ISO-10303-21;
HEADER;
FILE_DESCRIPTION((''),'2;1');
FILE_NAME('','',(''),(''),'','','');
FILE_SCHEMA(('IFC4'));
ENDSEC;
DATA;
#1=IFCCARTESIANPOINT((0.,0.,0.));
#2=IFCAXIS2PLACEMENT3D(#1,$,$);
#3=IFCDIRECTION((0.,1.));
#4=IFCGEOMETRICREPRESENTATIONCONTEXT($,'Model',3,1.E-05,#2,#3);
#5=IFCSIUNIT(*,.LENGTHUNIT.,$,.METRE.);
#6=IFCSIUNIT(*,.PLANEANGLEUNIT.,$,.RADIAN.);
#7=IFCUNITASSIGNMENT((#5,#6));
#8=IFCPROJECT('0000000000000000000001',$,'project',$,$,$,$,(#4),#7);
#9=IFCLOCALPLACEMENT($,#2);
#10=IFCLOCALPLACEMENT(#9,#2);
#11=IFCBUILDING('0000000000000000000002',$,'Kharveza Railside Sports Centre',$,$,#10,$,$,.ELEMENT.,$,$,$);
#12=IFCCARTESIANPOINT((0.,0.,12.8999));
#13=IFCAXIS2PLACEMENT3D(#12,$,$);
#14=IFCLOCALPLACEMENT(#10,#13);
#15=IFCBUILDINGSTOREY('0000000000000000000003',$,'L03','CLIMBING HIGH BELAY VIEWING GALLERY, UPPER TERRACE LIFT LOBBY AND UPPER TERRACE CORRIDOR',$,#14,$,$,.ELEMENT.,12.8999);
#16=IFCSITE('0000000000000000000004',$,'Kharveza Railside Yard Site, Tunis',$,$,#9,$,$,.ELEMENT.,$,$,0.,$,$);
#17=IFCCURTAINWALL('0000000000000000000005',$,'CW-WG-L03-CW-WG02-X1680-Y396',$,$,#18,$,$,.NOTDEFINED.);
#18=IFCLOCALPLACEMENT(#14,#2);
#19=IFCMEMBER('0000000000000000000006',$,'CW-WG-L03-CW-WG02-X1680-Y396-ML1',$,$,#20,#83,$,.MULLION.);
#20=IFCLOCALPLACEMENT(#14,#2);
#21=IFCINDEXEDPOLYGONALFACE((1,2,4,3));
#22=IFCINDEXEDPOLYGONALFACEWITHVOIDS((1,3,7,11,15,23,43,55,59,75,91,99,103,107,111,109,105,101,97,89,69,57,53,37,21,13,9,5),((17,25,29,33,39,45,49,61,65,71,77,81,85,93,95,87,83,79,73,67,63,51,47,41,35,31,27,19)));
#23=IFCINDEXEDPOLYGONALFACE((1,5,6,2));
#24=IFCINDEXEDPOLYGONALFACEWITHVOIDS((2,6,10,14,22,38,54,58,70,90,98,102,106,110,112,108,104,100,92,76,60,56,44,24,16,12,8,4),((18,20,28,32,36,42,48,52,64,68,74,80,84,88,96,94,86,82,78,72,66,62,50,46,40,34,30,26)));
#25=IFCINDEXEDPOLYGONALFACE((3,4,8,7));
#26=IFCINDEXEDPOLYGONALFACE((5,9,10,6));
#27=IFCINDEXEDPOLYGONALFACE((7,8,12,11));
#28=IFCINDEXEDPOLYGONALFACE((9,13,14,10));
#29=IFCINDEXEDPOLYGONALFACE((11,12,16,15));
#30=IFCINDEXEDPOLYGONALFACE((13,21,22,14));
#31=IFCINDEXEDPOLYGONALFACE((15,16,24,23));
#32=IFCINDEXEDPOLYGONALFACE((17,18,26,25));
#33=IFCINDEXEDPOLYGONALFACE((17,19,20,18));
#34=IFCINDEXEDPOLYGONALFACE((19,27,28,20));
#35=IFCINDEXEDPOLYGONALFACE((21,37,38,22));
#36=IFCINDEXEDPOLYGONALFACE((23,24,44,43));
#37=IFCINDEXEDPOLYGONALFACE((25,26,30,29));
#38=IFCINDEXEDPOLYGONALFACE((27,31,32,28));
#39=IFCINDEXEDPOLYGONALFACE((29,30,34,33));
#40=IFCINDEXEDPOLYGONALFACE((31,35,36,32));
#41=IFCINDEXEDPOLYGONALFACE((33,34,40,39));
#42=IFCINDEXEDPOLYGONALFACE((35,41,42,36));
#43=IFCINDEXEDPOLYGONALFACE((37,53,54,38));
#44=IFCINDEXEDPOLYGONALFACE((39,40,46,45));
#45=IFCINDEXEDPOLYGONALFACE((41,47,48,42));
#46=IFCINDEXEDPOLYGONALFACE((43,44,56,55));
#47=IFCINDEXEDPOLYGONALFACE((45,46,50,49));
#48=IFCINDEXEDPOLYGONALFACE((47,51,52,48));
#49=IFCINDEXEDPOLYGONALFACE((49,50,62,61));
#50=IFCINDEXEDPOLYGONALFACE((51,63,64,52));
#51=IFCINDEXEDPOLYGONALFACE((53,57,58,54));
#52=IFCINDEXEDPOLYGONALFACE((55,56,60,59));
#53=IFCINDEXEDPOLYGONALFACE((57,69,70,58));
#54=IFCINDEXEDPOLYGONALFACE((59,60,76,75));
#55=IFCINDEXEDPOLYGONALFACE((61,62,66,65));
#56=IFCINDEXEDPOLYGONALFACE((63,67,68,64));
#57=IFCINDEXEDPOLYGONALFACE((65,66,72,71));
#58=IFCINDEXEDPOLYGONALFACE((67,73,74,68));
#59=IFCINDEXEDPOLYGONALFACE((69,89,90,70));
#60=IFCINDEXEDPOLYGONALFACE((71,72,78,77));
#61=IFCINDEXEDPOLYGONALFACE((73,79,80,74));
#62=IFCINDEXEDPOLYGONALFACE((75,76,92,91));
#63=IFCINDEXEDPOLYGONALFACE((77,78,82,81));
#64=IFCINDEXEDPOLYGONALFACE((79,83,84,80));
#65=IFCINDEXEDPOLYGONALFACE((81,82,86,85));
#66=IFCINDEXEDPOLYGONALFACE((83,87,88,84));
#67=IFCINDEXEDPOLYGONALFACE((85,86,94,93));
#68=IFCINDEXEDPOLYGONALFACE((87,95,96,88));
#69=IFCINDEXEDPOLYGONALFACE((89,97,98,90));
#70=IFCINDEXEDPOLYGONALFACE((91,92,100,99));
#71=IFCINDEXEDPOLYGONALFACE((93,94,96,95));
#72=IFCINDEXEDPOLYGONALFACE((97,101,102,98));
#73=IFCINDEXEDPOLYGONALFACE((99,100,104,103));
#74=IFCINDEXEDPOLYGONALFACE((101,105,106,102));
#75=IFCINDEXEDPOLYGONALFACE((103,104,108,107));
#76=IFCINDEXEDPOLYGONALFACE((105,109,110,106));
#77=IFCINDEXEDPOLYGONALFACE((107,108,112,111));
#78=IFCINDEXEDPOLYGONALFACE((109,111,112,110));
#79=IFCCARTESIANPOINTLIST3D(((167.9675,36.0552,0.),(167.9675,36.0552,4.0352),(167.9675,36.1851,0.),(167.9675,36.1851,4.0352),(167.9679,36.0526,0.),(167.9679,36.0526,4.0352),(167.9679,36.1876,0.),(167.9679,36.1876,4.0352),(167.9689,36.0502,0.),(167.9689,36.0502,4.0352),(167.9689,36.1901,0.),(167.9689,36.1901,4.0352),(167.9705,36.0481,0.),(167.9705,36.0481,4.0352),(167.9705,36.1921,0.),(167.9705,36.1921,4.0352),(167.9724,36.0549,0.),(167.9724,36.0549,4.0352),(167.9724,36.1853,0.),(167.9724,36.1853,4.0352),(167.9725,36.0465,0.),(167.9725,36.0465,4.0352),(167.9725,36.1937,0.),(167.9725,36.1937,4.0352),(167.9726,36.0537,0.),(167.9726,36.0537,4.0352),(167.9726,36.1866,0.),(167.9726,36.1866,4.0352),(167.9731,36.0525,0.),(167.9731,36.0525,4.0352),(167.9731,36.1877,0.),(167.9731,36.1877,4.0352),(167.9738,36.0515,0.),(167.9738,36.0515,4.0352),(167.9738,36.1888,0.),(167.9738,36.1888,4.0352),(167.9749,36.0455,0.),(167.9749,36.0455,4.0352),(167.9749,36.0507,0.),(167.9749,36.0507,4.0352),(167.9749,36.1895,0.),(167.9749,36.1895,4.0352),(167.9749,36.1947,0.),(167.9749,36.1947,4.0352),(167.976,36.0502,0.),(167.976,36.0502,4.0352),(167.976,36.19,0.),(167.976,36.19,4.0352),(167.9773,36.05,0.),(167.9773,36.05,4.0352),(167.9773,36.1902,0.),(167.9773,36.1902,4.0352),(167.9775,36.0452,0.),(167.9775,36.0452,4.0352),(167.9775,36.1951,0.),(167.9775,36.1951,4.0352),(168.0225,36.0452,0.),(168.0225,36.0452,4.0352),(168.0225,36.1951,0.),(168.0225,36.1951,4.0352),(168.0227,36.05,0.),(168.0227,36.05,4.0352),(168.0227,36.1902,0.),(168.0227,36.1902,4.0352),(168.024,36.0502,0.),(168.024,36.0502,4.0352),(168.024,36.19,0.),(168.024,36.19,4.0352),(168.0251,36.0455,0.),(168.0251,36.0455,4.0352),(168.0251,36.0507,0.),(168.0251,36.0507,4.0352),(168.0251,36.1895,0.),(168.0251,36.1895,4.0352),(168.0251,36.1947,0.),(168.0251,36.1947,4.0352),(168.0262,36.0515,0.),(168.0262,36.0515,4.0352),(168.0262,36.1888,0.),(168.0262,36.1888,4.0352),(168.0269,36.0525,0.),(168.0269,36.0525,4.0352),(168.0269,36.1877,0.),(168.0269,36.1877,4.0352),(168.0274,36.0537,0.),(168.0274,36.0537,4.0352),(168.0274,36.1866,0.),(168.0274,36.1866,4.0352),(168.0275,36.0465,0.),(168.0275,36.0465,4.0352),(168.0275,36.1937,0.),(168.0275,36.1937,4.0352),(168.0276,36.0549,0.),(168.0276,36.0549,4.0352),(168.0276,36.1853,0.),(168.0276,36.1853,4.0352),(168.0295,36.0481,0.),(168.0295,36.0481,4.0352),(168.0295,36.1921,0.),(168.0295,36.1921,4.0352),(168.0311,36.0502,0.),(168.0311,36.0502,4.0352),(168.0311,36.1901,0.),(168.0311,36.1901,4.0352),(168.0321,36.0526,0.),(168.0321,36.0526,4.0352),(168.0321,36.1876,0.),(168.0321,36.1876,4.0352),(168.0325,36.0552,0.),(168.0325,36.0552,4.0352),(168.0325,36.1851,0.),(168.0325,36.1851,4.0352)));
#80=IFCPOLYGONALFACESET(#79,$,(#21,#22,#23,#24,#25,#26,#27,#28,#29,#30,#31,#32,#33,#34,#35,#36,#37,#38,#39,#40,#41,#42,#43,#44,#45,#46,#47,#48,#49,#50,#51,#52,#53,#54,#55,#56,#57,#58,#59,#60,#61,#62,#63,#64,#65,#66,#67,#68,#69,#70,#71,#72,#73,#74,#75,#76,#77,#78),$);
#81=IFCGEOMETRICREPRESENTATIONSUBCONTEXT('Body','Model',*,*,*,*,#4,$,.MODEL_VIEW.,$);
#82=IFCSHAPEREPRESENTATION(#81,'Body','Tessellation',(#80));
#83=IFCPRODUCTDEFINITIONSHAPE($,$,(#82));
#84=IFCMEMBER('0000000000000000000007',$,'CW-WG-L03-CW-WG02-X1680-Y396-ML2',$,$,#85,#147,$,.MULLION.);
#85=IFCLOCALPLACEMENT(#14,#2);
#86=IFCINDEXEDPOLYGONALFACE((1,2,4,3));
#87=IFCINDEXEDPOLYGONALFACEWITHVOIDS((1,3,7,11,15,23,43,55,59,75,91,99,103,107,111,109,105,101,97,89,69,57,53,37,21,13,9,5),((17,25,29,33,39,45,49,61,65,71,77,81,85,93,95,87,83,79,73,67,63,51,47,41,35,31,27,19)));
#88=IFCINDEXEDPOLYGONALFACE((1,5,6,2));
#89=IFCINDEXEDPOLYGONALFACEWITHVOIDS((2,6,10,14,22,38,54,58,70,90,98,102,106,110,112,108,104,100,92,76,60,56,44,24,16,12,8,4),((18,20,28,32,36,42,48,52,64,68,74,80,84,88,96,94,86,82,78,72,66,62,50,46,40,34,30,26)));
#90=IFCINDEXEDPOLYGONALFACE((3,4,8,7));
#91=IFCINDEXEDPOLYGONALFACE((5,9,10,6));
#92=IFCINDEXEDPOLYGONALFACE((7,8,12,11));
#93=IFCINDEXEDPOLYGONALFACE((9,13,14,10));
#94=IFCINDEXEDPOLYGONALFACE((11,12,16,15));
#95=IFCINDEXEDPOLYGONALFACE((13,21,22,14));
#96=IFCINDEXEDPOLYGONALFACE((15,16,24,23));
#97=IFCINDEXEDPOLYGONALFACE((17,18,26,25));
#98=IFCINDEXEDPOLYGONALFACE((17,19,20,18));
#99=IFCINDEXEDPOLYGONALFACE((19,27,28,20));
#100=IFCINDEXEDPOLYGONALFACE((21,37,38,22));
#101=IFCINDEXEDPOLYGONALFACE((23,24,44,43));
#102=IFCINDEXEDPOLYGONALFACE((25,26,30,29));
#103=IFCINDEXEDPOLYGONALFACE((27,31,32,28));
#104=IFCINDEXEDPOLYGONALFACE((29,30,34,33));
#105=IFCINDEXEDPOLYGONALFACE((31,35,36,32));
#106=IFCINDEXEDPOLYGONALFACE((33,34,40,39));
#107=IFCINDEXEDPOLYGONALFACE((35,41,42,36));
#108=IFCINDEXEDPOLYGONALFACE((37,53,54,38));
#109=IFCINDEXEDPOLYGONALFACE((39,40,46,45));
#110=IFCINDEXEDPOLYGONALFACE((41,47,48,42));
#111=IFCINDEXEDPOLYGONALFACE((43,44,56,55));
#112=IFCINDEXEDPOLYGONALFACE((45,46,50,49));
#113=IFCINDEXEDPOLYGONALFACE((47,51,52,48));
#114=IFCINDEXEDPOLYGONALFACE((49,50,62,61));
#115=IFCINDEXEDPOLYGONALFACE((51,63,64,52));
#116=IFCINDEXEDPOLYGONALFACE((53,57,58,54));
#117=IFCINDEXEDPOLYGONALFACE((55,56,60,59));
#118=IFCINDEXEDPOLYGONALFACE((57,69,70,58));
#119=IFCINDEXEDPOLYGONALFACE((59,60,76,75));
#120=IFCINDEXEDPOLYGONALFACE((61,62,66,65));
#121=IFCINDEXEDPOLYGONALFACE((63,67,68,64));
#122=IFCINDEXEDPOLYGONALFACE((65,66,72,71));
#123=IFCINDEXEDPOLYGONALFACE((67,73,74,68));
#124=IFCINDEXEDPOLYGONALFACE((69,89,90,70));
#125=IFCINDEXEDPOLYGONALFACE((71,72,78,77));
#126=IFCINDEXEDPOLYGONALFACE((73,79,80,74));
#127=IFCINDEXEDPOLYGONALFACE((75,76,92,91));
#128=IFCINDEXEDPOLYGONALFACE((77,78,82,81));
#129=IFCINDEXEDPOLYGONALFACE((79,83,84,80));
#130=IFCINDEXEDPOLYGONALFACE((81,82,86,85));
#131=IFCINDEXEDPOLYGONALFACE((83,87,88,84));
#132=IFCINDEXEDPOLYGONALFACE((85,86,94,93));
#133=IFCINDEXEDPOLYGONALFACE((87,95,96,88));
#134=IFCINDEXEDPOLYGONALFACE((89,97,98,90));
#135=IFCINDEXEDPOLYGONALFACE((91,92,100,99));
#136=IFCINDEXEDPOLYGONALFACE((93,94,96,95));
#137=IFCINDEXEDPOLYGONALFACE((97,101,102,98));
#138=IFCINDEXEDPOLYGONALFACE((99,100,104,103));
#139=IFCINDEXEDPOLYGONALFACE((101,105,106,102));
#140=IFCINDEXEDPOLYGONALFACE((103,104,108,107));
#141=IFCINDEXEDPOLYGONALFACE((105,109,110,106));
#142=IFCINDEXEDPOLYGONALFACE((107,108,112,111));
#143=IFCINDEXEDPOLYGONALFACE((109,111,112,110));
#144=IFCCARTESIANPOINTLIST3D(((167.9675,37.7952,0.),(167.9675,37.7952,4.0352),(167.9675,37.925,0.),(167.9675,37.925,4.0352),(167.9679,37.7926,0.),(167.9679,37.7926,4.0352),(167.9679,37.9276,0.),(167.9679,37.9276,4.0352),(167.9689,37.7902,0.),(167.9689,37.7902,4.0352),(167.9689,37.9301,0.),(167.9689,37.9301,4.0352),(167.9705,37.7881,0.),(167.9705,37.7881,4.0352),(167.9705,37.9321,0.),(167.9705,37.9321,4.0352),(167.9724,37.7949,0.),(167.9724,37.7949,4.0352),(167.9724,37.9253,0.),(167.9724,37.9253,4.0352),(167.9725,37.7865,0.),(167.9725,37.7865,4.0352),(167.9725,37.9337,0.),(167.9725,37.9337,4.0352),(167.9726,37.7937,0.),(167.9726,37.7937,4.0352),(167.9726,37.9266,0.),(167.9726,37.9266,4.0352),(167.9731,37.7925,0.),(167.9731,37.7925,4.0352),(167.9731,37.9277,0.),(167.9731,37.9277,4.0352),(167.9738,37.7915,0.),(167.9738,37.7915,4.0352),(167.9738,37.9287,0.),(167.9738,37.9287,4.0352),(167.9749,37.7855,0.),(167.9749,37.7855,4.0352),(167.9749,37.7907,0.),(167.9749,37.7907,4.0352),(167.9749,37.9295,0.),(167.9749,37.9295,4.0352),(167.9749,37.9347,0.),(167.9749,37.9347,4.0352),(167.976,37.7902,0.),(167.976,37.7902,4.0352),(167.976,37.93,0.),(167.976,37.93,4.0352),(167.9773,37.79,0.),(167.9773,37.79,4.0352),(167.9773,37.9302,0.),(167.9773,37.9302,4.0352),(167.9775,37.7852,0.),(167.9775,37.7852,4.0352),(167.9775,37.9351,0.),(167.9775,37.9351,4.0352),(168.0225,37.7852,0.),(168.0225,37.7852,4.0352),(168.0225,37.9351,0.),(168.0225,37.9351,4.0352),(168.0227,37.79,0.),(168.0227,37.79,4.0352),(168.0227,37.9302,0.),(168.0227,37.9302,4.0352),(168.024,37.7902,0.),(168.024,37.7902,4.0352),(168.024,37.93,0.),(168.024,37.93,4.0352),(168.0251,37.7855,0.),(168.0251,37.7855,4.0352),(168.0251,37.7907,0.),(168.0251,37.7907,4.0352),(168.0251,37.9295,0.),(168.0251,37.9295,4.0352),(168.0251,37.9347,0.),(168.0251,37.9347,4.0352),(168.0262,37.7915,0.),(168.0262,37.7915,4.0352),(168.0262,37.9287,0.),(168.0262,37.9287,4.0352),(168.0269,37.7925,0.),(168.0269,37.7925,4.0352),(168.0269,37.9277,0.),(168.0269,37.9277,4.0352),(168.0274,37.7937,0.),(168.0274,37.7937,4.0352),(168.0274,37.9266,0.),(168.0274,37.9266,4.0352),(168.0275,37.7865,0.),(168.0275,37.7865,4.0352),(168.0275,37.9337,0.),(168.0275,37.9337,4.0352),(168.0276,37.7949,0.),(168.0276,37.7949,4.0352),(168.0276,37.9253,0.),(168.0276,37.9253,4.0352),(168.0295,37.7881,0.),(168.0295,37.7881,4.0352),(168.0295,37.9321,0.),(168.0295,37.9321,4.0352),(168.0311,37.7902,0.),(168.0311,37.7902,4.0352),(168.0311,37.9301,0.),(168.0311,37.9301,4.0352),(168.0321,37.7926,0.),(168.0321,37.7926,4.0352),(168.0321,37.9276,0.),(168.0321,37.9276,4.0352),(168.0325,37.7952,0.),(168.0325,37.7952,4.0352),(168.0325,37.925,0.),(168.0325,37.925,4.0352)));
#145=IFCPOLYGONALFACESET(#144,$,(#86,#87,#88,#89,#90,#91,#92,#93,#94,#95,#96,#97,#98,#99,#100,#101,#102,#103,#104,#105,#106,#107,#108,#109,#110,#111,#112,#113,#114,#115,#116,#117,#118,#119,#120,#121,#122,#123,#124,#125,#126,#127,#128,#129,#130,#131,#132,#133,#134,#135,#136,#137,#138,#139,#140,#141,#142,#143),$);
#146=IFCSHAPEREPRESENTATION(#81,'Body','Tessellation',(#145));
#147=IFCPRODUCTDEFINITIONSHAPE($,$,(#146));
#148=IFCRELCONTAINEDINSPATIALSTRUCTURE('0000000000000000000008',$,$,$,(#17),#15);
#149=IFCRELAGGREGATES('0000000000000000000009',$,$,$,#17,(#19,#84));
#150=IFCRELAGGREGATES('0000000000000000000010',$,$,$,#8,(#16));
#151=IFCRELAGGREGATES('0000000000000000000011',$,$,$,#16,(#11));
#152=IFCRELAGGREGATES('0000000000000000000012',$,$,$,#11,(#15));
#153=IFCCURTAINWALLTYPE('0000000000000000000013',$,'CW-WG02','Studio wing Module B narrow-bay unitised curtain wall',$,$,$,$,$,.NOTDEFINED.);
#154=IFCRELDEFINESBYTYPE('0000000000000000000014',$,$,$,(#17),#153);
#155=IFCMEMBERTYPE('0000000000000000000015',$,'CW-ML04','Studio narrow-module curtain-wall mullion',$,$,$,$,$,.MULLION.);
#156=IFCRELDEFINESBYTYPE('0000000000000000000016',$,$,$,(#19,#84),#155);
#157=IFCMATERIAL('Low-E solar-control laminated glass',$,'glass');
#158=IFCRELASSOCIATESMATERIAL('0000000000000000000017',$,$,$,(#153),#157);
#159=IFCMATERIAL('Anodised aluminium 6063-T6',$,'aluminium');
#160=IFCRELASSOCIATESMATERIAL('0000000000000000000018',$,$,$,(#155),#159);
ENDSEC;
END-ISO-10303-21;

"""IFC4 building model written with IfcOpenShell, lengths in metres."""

from ifc_helpers import new_model, si_unit, direction, frame, origin, origin_2d, place, context, subcontext, project, spatial, hollow_rectangle, extrude, material, material_profile, profile_set, type_object, element, aggregate, save


model = new_model("IFC4")

# Units and contexts
model_context = context("Model", 3, precision=1e-05, world=origin(), true_north=direction((0.0, 1.0)))
body_context = subcontext(model_context, "Body", "Model", "MODEL_VIEW")
ifc_project = project(units=[si_unit("LENGTHUNIT", "METRE"), si_unit("PLANEANGLEUNIT", "RADIAN")], contexts=[model_context])

# Site, building, storey
site_placement = place(None, origin())
site = spatial("IfcSite", under=ifc_project, at=site_placement, Name="Kharveza Railside Yard Site, Tunis", CompositionType="ELEMENT", RefElevation=0.0)
building_placement = place(site_placement, origin())
building = spatial("IfcBuilding", under=site, at=building_placement, Name="Kharveza Railside Sports Centre", CompositionType="ELEMENT")
storey_placement = place(building_placement, frame((0.0, 0.0, 12.8999)))
storey = spatial("IfcBuildingStorey", under=building, at=storey_placement, Name="L03", Description="CLIMBING HIGH BELAY VIEWING GALLERY, UPPER TERRACE LIFT LOBBY AND UPPER TERRACE CORRIDOR", CompositionType="ELEMENT", Elevation=12.8999)

# Curtain wall, members
ifc_material_1 = material(Name="Low-E solar-control laminated glass", Category="glass")
curtain_wall_type = type_object("IfcCurtainWallType", Name="CW-WG02", Description="Studio wing Module B narrow-bay unitised curtain wall", PredefinedType="NOTDEFINED", material=ifc_material_1)
ifc_material_2 = material(Name="Anodised aluminium 6063-T6", Category="aluminium")
ifc_material_profile_1 = material_profile(ifc_material_2, hollow_rectangle(XDim=0.0649, YDim=0.1499, WallThickness=0.0049, InnerFilletRadius=0.0049, OuterFilletRadius=0.01, at=origin_2d()), Name="RHS 65x150x5.0")
ifc_profile_set_1 = profile_set([ifc_material_profile_1], Name="Anodised aluminium 6063-T6")
member_type_1 = type_object("IfcMemberType", Name="CW-ML04", Description="Studio narrow-module curtain-wall mullion", PredefinedType="MULLION", material=ifc_profile_set_1)
curtain_wall_1_placement = place(storey_placement, origin())
curtain_wall_1 = element("IfcCurtainWall", 1, at=curtain_wall_1_placement, inside=storey, type_object=curtain_wall_type, Name="CW-WG-L03-CW-WG02-X1680-Y396", PredefinedType="NOTDEFINED")
member_1_placement = place(storey_placement, frame((168.0, 36.1201, 0.0), z_axis=(0.0, 0.0, 1.0), x_axis=(1.0, 0.0, 0.0)))
member_1 = element("IfcMember", 2, at=member_1_placement, type_object=member_type_1, Name="CW-WG-L03-CW-WG02-X1680-Y396-ML1", PredefinedType="MULLION", context=body_context, shape_type="SweptSolid", body=[
    extrude(hollow_rectangle(XDim=0.0649, YDim=0.1499, WallThickness=0.0049, InnerFilletRadius=0.0049, OuterFilletRadius=0.01, at=origin_2d()), origin(), (0.0, 0.0, 1.0), 4.0352),
])
member_2_placement = place(storey_placement, frame((168.0, 37.8601, 0.0), z_axis=(0.0, 0.0, 1.0), x_axis=(1.0, 0.0, 0.0)))
member_2 = element("IfcMember", 3, at=member_2_placement, type_object=member_type_1, Name="CW-WG-L03-CW-WG02-X1680-Y396-ML2", PredefinedType="MULLION", context=body_context, shape_type="SweptSolid", body=[
    extrude(hollow_rectangle(XDim=0.0649, YDim=0.1499, WallThickness=0.0049, InnerFilletRadius=0.0049, OuterFilletRadius=0.01, at=origin_2d()), origin(), (0.0, 0.0, 1.0), 4.0352),
])

aggregate(curtain_wall_1, [member_1, member_2])

save(model, "model.ifc")
